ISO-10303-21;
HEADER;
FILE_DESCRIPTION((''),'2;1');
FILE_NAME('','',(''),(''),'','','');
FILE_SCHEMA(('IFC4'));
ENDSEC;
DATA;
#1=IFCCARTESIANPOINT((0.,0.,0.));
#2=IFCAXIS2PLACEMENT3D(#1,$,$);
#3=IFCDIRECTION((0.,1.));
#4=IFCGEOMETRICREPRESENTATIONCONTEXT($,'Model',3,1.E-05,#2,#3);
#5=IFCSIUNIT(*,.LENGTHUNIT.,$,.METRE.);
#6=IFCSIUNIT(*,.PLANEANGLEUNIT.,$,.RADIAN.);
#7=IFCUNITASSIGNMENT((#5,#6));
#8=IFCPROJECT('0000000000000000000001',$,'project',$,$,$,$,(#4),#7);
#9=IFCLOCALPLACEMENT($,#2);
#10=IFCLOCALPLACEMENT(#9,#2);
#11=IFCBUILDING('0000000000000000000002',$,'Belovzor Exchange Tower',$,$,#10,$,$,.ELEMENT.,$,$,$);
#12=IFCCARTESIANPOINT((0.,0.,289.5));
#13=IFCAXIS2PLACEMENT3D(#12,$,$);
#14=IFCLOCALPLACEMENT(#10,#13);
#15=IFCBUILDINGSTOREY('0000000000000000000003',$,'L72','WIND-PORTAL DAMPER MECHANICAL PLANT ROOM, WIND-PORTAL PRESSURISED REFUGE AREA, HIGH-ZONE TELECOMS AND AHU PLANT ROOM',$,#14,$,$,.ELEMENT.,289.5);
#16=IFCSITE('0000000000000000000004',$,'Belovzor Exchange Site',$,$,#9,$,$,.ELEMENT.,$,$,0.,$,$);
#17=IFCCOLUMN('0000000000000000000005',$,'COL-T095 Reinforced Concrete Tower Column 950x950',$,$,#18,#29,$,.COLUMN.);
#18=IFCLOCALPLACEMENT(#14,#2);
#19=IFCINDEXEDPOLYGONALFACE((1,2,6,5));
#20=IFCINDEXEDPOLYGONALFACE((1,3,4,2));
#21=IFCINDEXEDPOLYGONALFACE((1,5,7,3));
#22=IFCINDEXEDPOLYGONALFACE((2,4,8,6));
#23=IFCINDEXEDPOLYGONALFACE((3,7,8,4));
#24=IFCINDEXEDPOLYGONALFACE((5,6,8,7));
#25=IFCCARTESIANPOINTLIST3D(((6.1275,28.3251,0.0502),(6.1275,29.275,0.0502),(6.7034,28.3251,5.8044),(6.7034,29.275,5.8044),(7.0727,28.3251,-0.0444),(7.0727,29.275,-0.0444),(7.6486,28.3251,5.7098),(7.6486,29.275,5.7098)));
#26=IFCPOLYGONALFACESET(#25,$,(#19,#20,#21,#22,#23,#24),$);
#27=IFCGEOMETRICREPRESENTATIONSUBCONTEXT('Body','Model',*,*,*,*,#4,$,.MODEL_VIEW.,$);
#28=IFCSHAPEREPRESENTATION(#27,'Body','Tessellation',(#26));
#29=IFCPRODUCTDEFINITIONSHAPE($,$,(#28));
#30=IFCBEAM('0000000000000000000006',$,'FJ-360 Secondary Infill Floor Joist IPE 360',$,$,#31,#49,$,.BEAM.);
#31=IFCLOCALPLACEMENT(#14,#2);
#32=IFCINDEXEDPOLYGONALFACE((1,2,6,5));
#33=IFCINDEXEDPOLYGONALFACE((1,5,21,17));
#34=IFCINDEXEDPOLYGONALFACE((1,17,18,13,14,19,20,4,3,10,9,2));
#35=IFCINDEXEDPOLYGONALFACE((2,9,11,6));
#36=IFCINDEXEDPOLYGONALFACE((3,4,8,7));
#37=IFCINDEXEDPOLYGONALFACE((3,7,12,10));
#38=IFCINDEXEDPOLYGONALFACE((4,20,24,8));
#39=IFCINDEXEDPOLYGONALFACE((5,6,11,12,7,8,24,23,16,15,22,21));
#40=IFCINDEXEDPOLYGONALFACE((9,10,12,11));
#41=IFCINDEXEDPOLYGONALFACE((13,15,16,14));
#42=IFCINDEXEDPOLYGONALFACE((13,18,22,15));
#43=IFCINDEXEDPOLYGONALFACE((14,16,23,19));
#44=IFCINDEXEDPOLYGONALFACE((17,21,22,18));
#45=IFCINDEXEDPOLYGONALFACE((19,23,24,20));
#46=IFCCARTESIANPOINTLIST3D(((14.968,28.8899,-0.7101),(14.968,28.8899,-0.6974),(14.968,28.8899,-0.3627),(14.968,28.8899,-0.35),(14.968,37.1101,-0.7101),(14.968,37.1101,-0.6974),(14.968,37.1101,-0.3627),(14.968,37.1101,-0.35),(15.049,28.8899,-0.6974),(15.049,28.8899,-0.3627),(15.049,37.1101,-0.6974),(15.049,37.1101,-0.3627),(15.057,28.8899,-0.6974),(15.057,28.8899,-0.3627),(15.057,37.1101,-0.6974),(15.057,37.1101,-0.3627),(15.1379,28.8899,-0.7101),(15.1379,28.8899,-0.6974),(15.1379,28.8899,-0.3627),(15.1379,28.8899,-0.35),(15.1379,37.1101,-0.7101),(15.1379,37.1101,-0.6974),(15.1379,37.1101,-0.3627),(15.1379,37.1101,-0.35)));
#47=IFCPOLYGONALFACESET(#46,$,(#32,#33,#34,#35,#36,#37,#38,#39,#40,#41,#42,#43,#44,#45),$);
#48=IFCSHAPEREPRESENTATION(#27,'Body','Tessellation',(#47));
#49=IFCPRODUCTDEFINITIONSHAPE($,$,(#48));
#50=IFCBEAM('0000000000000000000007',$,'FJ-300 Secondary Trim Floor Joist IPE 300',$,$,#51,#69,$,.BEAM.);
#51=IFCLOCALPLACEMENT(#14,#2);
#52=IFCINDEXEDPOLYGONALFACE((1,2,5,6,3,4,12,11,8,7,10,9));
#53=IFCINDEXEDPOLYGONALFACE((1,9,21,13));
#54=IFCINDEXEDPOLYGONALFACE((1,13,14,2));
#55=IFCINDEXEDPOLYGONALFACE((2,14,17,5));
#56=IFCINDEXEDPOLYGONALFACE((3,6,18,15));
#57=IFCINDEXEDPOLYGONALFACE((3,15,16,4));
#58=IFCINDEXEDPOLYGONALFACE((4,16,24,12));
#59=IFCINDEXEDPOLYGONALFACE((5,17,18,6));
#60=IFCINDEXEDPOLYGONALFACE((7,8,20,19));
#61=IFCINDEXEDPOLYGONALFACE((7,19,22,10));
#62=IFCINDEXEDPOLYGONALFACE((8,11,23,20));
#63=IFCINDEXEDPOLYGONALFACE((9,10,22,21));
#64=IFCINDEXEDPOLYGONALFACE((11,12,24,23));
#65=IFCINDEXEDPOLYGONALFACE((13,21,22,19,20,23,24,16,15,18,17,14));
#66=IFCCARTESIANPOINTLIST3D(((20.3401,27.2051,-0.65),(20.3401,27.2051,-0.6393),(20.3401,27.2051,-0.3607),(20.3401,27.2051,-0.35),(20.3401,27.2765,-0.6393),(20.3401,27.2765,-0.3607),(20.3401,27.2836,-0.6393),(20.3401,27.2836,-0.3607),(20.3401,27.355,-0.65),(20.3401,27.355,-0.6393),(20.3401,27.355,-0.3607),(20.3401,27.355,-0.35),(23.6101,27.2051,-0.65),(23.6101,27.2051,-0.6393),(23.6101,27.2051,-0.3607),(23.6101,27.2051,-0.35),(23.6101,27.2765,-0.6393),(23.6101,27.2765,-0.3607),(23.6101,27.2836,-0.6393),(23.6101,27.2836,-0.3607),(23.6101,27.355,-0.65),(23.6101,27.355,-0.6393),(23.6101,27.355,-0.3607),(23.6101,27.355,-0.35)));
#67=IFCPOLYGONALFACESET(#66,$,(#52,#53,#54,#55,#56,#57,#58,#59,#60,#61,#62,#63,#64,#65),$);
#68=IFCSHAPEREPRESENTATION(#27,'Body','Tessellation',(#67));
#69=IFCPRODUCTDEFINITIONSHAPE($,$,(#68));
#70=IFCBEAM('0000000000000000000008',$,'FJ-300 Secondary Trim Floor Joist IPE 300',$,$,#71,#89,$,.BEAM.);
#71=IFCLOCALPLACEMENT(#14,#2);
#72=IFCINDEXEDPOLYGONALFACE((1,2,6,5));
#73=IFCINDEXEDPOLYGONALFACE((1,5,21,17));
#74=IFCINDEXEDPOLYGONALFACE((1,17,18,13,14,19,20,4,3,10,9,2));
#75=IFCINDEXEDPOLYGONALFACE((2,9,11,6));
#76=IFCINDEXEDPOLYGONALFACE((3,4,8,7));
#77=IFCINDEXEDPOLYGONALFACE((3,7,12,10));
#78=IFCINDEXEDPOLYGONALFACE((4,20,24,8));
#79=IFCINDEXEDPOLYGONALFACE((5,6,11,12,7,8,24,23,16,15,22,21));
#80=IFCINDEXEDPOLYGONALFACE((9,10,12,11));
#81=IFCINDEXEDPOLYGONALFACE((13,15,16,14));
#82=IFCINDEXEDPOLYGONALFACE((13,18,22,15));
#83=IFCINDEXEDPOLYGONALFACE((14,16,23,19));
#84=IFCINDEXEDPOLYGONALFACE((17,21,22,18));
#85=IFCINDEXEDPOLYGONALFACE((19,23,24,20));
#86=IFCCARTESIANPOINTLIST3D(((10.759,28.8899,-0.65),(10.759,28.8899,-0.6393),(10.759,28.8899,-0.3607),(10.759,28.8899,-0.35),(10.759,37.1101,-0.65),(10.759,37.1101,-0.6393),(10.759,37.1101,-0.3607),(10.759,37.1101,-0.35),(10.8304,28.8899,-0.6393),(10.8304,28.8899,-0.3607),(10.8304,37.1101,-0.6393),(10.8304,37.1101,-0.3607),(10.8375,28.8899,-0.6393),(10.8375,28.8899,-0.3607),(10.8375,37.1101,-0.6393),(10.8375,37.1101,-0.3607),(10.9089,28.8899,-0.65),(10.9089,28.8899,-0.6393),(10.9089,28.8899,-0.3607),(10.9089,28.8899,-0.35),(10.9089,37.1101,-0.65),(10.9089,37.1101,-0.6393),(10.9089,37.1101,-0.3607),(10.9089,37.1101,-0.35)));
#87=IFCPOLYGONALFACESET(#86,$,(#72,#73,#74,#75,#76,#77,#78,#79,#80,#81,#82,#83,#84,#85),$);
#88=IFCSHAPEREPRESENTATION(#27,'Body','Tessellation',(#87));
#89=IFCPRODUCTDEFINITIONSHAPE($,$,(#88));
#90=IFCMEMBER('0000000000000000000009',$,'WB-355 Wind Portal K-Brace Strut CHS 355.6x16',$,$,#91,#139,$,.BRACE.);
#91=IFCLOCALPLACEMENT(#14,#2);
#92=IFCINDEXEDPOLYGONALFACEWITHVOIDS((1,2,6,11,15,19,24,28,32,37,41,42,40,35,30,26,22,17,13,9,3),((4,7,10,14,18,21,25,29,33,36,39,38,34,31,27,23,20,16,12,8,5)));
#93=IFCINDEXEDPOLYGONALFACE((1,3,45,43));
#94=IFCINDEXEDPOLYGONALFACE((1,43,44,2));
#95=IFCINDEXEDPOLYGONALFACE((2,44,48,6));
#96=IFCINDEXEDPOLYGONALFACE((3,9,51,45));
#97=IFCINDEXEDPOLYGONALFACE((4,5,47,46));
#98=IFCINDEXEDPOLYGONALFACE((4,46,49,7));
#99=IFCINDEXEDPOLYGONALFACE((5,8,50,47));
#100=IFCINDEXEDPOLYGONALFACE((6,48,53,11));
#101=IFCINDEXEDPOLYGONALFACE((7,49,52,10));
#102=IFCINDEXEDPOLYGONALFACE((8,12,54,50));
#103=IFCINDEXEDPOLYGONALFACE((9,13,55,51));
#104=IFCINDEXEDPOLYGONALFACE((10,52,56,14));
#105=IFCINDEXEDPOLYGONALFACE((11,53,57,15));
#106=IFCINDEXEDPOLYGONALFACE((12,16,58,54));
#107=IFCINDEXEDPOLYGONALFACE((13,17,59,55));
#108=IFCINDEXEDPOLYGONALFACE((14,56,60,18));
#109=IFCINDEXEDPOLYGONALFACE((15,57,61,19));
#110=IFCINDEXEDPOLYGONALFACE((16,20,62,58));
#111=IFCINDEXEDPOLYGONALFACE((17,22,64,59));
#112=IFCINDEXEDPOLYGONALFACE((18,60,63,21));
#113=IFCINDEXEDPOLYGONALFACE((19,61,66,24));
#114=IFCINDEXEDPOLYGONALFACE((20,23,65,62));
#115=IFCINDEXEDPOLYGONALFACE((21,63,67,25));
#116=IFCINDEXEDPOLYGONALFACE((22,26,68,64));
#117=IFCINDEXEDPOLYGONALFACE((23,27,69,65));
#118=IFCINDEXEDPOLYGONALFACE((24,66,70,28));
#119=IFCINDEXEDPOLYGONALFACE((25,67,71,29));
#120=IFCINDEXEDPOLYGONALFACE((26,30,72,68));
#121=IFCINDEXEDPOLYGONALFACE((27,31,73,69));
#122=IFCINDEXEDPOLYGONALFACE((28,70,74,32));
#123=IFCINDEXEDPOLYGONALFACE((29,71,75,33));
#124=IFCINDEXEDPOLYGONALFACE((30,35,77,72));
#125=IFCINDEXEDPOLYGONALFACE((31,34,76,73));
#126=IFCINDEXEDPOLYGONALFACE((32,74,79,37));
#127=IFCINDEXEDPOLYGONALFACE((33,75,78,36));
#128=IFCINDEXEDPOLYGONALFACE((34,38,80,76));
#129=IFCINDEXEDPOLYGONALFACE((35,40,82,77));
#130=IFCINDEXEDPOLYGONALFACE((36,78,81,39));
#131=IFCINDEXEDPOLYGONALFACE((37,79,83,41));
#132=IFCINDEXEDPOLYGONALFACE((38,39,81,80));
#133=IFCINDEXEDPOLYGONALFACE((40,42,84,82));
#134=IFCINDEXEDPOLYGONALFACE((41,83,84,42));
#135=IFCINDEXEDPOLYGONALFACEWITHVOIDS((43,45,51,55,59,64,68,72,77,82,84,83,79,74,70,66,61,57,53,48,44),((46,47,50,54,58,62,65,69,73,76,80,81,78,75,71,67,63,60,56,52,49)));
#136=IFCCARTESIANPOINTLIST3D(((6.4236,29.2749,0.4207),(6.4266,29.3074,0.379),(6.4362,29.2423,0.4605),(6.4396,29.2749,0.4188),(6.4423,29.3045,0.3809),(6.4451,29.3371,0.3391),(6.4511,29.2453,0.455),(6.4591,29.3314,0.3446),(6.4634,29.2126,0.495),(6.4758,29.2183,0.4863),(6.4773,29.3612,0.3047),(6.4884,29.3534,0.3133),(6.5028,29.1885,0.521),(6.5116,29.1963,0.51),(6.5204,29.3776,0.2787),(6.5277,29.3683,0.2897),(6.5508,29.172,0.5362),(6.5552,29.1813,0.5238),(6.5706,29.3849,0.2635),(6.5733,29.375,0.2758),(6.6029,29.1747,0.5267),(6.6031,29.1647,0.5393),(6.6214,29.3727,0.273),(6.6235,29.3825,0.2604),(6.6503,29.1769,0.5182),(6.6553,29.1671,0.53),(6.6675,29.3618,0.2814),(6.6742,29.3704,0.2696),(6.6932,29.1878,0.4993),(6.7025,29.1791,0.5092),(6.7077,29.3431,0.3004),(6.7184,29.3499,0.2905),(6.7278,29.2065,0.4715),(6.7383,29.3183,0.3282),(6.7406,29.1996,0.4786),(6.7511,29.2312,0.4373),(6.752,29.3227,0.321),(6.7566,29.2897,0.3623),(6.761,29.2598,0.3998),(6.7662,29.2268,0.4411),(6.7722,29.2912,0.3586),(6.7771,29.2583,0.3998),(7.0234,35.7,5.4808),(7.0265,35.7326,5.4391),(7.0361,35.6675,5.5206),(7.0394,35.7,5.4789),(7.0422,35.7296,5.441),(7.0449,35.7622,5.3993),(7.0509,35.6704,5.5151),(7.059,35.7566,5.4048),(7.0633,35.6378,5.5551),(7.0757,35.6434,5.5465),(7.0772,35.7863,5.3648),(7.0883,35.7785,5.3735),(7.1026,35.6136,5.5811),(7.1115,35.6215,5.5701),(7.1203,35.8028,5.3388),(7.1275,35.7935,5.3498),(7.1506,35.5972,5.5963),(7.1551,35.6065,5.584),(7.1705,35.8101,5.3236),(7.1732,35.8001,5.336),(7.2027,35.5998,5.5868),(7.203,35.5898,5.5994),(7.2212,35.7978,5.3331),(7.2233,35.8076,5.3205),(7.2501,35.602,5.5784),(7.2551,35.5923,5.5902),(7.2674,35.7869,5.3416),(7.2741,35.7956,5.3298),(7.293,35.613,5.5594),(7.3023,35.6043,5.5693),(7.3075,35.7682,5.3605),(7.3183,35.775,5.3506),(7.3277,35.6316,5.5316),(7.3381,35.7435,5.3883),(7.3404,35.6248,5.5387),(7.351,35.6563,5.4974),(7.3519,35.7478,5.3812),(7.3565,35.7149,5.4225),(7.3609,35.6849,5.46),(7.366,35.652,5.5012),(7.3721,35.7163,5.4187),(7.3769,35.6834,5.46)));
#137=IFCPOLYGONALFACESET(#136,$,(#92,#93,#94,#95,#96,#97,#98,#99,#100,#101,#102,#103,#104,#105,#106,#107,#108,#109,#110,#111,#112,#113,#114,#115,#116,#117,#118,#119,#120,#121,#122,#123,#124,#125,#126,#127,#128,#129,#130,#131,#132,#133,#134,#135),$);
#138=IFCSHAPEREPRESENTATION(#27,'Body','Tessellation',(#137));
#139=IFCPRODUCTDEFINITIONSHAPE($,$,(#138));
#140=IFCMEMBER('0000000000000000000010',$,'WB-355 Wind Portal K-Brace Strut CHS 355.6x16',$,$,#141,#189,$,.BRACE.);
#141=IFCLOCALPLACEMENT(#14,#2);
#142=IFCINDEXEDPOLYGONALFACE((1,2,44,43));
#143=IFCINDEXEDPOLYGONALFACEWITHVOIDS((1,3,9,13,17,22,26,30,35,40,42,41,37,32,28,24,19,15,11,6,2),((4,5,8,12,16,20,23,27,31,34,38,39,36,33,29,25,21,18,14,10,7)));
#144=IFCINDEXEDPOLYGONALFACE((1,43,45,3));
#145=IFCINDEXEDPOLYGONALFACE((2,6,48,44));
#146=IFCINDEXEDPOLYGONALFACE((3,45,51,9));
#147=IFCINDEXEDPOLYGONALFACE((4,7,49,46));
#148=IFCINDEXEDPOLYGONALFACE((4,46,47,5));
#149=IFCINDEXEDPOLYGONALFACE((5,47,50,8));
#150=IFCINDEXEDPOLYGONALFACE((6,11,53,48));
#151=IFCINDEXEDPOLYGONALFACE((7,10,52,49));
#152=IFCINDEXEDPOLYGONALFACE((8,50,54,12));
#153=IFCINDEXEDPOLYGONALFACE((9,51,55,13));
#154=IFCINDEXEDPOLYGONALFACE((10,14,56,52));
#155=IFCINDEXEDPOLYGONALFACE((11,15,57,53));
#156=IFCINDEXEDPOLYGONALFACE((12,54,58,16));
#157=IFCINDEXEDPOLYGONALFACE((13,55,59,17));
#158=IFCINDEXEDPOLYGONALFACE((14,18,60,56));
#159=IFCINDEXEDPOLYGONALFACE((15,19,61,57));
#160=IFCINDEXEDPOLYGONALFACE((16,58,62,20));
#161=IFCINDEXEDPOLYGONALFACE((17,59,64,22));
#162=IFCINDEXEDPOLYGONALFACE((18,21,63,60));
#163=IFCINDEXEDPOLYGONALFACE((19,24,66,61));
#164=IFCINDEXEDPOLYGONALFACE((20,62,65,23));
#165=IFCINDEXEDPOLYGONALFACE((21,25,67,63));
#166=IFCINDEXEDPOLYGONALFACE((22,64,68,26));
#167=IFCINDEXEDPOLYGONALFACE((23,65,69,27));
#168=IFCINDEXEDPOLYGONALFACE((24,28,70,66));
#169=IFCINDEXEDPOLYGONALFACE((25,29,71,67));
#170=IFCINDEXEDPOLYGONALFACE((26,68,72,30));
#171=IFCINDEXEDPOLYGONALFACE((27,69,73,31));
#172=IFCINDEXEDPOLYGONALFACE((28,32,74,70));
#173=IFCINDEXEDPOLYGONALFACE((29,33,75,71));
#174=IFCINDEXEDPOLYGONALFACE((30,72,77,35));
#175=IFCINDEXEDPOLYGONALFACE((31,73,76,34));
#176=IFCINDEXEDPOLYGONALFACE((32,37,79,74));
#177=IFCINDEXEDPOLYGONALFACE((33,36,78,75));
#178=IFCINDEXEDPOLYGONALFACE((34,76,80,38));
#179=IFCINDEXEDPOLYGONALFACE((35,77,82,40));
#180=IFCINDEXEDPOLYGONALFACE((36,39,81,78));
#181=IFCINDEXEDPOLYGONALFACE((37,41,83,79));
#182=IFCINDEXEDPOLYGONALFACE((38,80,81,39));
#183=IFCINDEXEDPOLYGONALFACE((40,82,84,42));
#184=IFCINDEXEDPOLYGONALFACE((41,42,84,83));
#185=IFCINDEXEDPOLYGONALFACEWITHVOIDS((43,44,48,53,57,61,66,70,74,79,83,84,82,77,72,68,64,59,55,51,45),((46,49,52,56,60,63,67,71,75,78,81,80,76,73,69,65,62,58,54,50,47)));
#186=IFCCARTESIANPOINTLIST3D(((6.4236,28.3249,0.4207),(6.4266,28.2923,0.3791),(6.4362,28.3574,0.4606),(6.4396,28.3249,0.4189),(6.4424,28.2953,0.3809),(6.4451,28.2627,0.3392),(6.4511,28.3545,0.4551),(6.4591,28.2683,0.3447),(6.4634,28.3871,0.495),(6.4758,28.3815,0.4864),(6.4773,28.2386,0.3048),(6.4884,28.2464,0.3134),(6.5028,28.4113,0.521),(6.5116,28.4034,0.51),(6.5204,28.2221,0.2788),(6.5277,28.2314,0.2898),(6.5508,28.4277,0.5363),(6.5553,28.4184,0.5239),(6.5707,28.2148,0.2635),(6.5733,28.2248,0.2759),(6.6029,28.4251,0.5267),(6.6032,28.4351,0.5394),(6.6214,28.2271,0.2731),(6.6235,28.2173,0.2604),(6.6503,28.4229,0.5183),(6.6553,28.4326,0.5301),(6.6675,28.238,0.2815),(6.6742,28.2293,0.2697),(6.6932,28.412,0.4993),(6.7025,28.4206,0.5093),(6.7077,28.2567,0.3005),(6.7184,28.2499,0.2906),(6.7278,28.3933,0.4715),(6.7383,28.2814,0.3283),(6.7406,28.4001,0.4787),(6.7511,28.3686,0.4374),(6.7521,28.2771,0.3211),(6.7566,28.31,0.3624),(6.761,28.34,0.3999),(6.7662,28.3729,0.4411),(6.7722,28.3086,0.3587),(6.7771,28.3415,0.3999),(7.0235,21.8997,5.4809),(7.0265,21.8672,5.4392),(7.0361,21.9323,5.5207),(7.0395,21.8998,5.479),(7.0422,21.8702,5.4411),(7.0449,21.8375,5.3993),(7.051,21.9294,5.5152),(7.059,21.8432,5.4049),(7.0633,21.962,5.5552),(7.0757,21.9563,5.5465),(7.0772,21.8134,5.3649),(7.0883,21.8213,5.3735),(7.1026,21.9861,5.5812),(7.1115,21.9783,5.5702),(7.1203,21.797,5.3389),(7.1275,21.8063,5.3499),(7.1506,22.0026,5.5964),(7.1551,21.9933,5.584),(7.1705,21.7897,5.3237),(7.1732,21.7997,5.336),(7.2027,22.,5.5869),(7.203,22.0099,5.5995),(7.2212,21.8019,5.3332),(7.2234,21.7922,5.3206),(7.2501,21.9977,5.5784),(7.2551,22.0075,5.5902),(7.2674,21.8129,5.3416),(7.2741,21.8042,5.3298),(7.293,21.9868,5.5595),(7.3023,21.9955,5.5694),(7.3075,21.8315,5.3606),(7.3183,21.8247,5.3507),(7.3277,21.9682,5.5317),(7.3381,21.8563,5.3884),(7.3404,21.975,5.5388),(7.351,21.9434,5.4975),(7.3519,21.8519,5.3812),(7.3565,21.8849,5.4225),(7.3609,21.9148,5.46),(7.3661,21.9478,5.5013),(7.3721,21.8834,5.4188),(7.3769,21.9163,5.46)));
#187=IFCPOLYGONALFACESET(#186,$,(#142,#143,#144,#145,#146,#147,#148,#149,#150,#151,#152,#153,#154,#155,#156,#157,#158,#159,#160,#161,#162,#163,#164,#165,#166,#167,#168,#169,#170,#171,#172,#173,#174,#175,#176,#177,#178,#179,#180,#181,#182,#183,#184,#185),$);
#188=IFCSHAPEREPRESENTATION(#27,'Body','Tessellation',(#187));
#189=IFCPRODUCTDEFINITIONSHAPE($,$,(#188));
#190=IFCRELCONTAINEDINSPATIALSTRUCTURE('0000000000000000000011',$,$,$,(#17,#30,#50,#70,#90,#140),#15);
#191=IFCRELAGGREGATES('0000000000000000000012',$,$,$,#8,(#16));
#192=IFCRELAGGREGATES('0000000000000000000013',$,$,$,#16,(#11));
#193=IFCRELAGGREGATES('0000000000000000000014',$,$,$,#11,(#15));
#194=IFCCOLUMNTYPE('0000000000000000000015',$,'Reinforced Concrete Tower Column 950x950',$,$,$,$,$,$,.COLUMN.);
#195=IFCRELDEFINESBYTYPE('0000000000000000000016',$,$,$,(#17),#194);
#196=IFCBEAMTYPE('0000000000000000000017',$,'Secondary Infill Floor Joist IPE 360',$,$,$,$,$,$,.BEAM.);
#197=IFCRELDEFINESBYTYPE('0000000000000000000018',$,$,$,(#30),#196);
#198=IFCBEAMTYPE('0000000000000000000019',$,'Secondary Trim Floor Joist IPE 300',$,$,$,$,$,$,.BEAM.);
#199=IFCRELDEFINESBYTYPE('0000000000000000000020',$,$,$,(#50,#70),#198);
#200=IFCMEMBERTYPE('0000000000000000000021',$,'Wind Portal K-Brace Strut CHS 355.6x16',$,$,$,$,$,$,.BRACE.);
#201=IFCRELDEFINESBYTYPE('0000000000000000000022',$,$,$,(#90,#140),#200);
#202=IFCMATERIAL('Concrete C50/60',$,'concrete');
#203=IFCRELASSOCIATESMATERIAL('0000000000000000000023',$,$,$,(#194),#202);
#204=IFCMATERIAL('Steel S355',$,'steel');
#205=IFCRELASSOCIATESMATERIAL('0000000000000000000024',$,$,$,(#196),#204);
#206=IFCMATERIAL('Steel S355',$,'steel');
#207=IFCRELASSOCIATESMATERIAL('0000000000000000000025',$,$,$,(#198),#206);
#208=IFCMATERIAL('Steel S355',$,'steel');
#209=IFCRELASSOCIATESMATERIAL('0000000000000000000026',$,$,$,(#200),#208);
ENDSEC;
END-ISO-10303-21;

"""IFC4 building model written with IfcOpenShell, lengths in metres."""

from ifc_helpers import new_model, si_unit, direction, frame, origin, origin_2d, place, context, subcontext, project, spatial, rectangle, hollow_circle, i_section, extrude, material, material_profile, profile_set, type_object, element, save


model = new_model("IFC4")

# Units and contexts
model_context = context("Model", 3, precision=1e-05, world=origin(), true_north=direction((0.0, 1.0)))
body_context = subcontext(model_context, "Body", "Model", "MODEL_VIEW")
ifc_project = project(units=[si_unit("LENGTHUNIT", "METRE"), si_unit("PLANEANGLEUNIT", "RADIAN")], contexts=[model_context])

# Site, building, storey
site_placement = place(None, origin())
site = spatial("IfcSite", under=ifc_project, at=site_placement, Name="Belovzor Exchange Site", CompositionType="ELEMENT", RefElevation=0.0)
building_placement = place(site_placement, origin())
building = spatial("IfcBuilding", under=site, at=building_placement, Name="Belovzor Exchange Tower", CompositionType="ELEMENT")
storey_placement = place(building_placement, frame((0.0, 0.0, 289.5)))
storey = spatial("IfcBuildingStorey", under=building, at=storey_placement, Name="L72", Description="WIND-PORTAL DAMPER MECHANICAL PLANT ROOM, WIND-PORTAL PRESSURISED REFUGE AREA, HIGH-ZONE TELECOMS AND AHU PLANT ROOM", CompositionType="ELEMENT", Elevation=289.5)

# Column
ifc_material_1 = material(Name="Concrete C50/60", Category="concrete")
ifc_material_profile_1 = material_profile(ifc_material_1, rectangle(XDim=0.95, YDim=0.95, at=origin_2d()))
ifc_profile_set_1 = profile_set([ifc_material_profile_1], Name="Concrete C50/60")
column_type = type_object("IfcColumnType", Name="Reinforced Concrete Tower Column 950x950", PredefinedType="COLUMN", material=ifc_profile_set_1)
column_placement = place(storey_placement, frame((6.6001, 28.8, 0.0029), z_axis=(0.099591, 0.0, 0.995028), x_axis=(0.0, 1.0, 0.0)))
element("IfcColumn", 1, at=column_placement, inside=storey, type_object=column_type, Name="COL-T095 Reinforced Concrete Tower Column 950x950", PredefinedType="COLUMN", context=body_context, shape_type="SweptSolid", body=[
    extrude(rectangle(XDim=0.95, YDim=0.95, at=origin_2d()), origin(), (0.0, 0.0, 1.0), 5.783),
])

# Beams
ifc_material_2 = material(Name="Steel S355", Category="steel")
ifc_material_profile_2 = material_profile(ifc_material_2, i_section(OverallWidth=0.1699, OverallDepth=0.3601, WebThickness=0.0081, FlangeThickness=0.0127, at=origin_2d()))
ifc_profile_set_2 = profile_set([ifc_material_profile_2], Name="Steel S355")
beam_type_1 = type_object("IfcBeamType", Name="Secondary Infill Floor Joist IPE 360", PredefinedType="BEAM", material=ifc_profile_set_2)
beam_1_placement = place(storey_placement, frame((15.053, 28.8899, -0.53), z_axis=(0.0, 1.0, 0.0), x_axis=(-1.0, 0.0, 0.0)))
element("IfcBeam", 2, at=beam_1_placement, inside=storey, type_object=beam_type_1, Name="FJ-360 Secondary Infill Floor Joist IPE 360", PredefinedType="BEAM", context=body_context, shape_type="SweptSolid", body=[
    extrude(i_section(OverallWidth=0.1699, OverallDepth=0.3601, WebThickness=0.0081, FlangeThickness=0.0127, at=origin_2d()), origin(), (0.0, 0.0, 1.0), 8.2202),
])
ifc_material_3 = material(Name="Steel S355", Category="steel")
ifc_material_profile_3 = material_profile(ifc_material_3, i_section(OverallWidth=0.1499, OverallDepth=0.3, WebThickness=0.0071, FlangeThickness=0.0107, at=origin_2d()))
ifc_profile_set_3 = profile_set([ifc_material_profile_3], Name="Steel S355")
beam_type_2 = type_object("IfcBeamType", Name="Secondary Trim Floor Joist IPE 300", PredefinedType="BEAM", material=ifc_profile_set_3)
beam_2_placement = place(storey_placement, frame((20.3401, 27.28, -0.5), z_axis=(1.0, 0.0, 0.0), x_axis=(0.0, 1.0, 0.0)))
element("IfcBeam", 3, at=beam_2_placement, inside=storey, type_object=beam_type_2, Name="FJ-300 Secondary Trim Floor Joist IPE 300", PredefinedType="BEAM", context=body_context, shape_type="SweptSolid", body=[
    extrude(i_section(OverallWidth=0.1499, OverallDepth=0.3, WebThickness=0.0071, FlangeThickness=0.0107, at=origin_2d()), origin(), (0.0, 0.0, 1.0), 3.27),
])
beam_3_placement = place(storey_placement, frame((10.834, 28.8899, -0.5), z_axis=(0.0, 1.0, 0.0), x_axis=(-1.0, 0.0, 0.0)))
element("IfcBeam", 4, at=beam_3_placement, inside=storey, type_object=beam_type_2, Name="FJ-300 Secondary Trim Floor Joist IPE 300", PredefinedType="BEAM", context=body_context, shape_type="SweptSolid", body=[
    extrude(i_section(OverallWidth=0.1499, OverallDepth=0.3, WebThickness=0.0071, FlangeThickness=0.0107, at=origin_2d()), origin(), (0.0, 0.0, 1.0), 8.2202),
])

# Members
ifc_material_4 = material(Name="Steel S355", Category="steel")
ifc_material_profile_4 = material_profile(ifc_material_4, hollow_circle(Radius=0.1777, WallThickness=0.0161, at=origin_2d()))
ifc_profile_set_4 = profile_set([ifc_material_profile_4], Name="Steel S355")
member_type = type_object("IfcMemberType", Name="Wind Portal K-Brace Strut CHS 355.6x16", PredefinedType="BRACE", material=ifc_profile_set_4)
for number, where, z_axis, x_axis, name in (
    (5, (7.2, 35.7, 5.46), (-0.07315, -0.783512, -0.617056), (0.99567, -0.092957, 0.0), "WB-355 Wind Portal K-Brace Strut CHS 355.6x16"),
    (6, (6.6001, 28.325, 0.3999), (0.07315, -0.783512, 0.617056), (0.99567, 0.092957, 0.0), "WB-355 Wind Portal K-Brace Strut CHS 355.6x16"),
):
    element("IfcMember", number, at=place(storey_placement, frame(where, z_axis=z_axis, x_axis=x_axis)), inside=storey, type_object=member_type, Name=name, PredefinedType="BRACE", context=body_context, shape_type="SweptSolid", body=[
        extrude(hollow_circle(Radius=0.1777, WallThickness=0.0161, at=origin_2d()), origin(), (0.0, 0.0, 1.0), 8.2004),
    ])

save(model, "model.ifc")
